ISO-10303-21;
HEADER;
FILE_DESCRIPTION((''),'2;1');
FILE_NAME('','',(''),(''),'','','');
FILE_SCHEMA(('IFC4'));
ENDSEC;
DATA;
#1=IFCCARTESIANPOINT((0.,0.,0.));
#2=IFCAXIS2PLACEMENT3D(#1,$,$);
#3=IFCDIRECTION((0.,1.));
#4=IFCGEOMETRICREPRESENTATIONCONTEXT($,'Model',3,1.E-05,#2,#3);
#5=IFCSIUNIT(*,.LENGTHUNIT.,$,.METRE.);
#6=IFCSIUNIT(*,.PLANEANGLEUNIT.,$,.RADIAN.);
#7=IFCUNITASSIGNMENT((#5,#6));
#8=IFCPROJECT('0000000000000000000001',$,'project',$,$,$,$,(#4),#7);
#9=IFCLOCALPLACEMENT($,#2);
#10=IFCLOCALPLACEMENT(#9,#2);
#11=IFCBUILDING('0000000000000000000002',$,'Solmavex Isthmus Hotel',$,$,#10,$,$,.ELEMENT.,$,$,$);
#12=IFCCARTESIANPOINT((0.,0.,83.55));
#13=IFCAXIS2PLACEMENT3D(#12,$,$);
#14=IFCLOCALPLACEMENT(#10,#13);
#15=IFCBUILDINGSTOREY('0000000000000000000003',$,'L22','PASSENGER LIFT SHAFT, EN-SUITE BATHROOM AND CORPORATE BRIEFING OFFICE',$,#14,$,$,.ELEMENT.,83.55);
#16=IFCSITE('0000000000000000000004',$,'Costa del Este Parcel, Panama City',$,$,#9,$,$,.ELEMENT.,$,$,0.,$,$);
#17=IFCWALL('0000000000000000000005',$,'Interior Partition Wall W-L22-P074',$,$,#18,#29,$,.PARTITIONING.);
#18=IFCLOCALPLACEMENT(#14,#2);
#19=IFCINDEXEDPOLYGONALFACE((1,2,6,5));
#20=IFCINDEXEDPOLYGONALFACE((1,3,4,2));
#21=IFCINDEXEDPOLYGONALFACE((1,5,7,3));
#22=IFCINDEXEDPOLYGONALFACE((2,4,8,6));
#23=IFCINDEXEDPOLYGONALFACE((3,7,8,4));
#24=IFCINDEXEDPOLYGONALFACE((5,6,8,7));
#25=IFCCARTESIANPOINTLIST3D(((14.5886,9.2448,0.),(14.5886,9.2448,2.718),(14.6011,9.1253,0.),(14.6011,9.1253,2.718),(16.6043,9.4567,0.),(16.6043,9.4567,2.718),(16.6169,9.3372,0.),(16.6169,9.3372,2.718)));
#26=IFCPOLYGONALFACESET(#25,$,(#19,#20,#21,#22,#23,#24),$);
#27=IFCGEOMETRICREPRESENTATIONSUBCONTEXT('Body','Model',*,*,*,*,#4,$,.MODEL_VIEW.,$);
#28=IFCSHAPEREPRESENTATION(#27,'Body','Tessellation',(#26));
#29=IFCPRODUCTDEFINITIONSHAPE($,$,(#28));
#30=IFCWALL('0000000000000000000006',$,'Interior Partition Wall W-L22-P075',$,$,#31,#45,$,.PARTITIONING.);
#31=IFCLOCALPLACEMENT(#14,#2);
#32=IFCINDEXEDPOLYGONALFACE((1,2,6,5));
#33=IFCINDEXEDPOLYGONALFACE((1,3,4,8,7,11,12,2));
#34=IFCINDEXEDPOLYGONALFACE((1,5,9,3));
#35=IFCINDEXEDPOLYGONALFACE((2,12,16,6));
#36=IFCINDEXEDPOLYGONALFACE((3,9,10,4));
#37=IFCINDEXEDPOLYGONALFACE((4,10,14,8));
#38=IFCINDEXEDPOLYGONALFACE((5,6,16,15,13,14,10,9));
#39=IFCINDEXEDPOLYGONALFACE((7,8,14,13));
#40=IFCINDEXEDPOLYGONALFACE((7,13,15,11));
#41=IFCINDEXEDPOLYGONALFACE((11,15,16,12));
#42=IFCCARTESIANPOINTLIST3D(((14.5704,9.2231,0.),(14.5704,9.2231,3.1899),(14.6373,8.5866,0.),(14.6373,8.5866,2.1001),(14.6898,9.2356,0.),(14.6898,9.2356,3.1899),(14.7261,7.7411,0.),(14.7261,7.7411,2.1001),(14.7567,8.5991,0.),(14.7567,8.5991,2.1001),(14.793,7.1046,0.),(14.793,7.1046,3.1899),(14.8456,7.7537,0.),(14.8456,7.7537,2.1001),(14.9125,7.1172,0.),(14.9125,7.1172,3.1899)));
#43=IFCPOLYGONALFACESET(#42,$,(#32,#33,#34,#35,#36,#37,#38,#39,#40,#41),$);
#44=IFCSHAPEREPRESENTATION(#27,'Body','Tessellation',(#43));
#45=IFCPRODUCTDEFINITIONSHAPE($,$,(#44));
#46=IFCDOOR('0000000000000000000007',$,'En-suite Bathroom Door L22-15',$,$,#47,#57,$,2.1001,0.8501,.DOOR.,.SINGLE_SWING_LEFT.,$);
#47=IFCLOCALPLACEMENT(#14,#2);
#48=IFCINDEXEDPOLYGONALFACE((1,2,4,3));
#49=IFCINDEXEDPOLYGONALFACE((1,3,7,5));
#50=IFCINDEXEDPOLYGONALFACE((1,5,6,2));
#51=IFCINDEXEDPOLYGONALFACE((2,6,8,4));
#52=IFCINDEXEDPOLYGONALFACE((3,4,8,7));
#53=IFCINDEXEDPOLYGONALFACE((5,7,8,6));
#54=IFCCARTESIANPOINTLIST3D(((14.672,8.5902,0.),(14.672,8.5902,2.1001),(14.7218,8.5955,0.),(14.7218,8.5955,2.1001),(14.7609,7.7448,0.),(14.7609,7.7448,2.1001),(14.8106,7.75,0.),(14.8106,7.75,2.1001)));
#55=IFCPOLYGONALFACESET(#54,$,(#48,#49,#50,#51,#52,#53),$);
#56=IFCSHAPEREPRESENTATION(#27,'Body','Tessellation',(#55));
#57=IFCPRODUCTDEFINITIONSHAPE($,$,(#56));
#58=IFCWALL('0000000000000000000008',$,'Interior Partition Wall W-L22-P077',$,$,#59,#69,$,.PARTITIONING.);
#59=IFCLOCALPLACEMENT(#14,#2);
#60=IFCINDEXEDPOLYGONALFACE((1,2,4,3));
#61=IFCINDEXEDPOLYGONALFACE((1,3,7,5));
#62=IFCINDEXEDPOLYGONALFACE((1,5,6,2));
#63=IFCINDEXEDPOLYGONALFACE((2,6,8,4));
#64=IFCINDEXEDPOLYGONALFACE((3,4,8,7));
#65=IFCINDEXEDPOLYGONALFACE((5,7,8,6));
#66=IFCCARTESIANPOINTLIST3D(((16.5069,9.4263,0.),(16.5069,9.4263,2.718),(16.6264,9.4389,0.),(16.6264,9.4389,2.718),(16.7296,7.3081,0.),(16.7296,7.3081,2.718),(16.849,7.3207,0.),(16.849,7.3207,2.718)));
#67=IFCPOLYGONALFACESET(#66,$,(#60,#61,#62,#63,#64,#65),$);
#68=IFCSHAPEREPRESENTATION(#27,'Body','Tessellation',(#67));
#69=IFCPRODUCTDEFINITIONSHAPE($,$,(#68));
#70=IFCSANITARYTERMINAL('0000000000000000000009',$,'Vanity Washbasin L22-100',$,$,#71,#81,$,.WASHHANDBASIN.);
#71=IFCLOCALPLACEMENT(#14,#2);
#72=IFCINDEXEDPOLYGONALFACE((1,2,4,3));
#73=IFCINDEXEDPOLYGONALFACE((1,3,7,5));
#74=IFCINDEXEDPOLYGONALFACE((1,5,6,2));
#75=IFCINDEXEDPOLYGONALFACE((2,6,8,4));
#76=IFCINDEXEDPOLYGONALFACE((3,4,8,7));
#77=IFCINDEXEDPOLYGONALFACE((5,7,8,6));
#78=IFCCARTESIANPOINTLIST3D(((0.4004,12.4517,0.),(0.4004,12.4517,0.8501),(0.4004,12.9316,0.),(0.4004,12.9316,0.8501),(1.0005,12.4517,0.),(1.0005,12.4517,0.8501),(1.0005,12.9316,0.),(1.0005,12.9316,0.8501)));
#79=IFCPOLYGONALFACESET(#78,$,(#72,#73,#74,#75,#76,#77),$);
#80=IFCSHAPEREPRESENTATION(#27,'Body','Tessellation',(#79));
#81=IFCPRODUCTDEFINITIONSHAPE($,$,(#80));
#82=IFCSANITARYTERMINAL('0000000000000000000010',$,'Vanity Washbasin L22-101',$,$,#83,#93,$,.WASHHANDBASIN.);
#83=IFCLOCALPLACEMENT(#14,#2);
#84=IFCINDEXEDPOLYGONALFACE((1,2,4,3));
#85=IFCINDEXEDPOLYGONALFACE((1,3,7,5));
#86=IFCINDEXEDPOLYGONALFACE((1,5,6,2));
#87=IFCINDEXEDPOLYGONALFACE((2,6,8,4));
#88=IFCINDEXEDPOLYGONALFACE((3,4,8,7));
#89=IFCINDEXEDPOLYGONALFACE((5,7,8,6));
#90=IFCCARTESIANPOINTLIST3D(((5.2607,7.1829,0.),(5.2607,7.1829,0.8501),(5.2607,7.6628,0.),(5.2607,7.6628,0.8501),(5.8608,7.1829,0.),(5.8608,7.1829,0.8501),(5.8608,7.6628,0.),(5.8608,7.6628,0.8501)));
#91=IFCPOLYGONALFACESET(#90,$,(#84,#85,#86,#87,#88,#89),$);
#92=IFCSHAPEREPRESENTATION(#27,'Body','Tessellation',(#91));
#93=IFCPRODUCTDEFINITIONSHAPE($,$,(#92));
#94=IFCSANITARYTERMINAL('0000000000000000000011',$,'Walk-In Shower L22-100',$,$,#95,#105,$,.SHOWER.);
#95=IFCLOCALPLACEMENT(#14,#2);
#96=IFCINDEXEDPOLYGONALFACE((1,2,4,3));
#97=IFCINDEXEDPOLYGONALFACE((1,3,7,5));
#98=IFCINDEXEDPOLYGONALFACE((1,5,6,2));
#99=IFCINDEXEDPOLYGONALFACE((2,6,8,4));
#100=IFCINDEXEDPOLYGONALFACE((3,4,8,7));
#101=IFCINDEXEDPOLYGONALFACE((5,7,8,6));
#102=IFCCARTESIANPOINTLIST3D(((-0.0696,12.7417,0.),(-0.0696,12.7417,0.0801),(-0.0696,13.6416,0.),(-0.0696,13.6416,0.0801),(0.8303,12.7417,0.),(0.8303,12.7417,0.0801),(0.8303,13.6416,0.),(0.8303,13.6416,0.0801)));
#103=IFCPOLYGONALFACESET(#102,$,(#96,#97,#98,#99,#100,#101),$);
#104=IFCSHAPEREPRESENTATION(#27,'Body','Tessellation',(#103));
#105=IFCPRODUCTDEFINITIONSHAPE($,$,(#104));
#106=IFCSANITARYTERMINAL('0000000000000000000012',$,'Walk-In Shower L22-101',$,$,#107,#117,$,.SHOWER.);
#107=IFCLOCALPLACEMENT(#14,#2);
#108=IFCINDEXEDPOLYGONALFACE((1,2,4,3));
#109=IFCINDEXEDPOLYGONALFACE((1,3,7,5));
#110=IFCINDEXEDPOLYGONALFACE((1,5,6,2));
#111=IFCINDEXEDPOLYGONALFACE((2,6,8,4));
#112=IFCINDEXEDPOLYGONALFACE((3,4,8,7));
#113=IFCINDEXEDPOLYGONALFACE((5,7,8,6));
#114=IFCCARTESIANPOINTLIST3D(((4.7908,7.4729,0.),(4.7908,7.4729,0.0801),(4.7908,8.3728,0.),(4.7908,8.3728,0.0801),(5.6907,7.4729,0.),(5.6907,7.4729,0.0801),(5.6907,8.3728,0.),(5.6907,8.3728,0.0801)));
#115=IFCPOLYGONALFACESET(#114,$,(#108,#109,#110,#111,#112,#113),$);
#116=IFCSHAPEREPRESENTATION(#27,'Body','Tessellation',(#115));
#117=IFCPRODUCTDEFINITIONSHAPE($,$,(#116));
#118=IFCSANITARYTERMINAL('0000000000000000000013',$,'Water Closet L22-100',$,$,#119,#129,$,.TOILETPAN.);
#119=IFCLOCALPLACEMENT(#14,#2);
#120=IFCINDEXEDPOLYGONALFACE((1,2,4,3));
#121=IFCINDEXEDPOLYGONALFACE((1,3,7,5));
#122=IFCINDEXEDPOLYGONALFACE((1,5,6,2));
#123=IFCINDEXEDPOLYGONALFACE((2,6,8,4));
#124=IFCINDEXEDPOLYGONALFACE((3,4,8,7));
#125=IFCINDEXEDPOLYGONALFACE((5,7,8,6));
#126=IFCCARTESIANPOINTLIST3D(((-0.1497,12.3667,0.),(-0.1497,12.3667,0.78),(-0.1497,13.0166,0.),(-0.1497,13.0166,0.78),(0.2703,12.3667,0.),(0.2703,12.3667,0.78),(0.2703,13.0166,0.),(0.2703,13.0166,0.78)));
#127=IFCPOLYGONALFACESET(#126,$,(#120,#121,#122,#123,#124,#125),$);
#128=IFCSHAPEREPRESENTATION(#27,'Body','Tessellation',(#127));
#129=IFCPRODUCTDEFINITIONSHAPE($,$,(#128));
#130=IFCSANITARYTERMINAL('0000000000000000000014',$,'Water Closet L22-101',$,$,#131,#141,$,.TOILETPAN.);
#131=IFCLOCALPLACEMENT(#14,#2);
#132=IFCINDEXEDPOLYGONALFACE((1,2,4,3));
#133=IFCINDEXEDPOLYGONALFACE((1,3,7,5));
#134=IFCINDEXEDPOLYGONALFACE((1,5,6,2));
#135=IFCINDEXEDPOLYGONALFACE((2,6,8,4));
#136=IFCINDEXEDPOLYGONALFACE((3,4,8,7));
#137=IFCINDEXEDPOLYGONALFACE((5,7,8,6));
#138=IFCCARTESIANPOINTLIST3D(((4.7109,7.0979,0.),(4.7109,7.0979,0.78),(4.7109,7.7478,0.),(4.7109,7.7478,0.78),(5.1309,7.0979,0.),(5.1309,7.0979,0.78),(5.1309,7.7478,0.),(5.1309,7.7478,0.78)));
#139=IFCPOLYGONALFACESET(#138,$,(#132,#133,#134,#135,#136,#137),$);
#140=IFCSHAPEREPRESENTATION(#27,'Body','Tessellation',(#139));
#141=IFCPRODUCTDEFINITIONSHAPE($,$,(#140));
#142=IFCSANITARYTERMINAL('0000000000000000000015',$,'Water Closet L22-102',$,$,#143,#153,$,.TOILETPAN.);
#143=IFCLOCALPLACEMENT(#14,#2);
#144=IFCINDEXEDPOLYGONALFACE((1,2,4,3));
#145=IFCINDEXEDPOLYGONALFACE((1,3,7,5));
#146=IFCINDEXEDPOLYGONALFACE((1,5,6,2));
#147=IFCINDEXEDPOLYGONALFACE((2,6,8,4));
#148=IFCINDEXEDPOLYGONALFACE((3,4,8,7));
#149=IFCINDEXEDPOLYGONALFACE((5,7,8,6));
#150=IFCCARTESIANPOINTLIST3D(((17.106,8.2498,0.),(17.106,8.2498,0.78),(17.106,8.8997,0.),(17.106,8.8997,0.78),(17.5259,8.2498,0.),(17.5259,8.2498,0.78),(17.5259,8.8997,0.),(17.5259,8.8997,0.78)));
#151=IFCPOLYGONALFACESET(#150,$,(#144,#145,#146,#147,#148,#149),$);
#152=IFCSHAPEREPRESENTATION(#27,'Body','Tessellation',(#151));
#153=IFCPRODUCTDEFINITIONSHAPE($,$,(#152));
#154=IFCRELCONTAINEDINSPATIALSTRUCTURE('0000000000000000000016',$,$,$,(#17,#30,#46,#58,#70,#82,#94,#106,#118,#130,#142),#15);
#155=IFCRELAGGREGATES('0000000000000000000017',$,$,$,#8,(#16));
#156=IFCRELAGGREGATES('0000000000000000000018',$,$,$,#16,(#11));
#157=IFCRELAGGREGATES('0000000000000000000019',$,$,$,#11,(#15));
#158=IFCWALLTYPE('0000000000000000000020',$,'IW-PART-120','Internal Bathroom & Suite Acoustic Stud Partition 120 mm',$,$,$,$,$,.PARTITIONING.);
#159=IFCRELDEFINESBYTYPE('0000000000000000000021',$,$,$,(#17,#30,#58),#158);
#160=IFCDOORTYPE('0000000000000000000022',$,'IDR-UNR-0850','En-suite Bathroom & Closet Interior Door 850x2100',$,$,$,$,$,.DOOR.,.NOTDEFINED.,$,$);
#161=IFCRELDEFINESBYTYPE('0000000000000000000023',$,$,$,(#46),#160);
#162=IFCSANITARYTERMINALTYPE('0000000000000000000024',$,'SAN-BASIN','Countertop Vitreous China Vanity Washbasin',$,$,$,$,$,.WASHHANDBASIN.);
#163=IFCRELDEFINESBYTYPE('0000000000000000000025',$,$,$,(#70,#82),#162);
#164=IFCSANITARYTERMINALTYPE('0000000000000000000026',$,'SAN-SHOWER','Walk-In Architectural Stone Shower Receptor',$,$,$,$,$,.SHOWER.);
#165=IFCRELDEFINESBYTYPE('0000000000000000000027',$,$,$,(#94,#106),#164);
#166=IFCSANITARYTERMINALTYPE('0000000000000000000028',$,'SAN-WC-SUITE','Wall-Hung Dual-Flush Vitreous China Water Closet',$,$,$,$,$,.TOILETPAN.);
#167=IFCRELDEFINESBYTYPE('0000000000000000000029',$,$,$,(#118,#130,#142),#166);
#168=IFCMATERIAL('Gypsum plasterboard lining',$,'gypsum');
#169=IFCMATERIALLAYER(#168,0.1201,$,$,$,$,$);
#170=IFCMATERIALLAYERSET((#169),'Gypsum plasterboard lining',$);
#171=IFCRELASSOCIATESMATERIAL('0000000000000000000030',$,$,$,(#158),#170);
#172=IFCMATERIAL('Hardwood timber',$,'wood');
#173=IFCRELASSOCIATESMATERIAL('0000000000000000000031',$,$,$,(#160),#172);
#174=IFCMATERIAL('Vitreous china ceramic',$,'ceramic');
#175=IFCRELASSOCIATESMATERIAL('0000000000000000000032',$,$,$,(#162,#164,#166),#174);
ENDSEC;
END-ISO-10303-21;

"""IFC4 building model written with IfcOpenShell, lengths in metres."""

from ifc_helpers import new_model, si_unit, direction, frame, frame_2d, origin, origin_2d, place, context, subcontext, project, spatial, rectangle, extrude, material, layer, layer_set, type_object, element, fill, save


model = new_model("IFC4")

# Units and contexts
model_context = context("Model", 3, precision=1e-05, world=origin(), true_north=direction((0.0, 1.0)))
body_context = subcontext(model_context, "Body", "Model", "MODEL_VIEW")
ifc_project = project(units=[si_unit("LENGTHUNIT", "METRE"), si_unit("PLANEANGLEUNIT", "RADIAN")], contexts=[model_context])

# Site, building, storey
site_placement = place(None, origin())
site = spatial("IfcSite", under=ifc_project, at=site_placement, Name="Costa del Este Parcel, Panama City", CompositionType="ELEMENT", RefElevation=0.0)
building_placement = place(site_placement, origin())
building = spatial("IfcBuilding", under=site, at=building_placement, Name="Solmavex Isthmus Hotel", CompositionType="ELEMENT")
storey_placement = place(building_placement, frame((0.0, 0.0, 83.55)))
storey = spatial("IfcBuildingStorey", under=building, at=storey_placement, Name="L22", Description="PASSENGER LIFT SHAFT, EN-SUITE BATHROOM AND CORPORATE BRIEFING OFFICE", CompositionType="ELEMENT", Elevation=83.55)

# Shared definitions
ifc_material_1 = material(Name="Gypsum plasterboard lining", Category="gypsum")

# Shared definitions
ifc_material_2 = material(Name="Hardwood timber", Category="wood")

# Shared definitions
ifc_layer_1 = layer(ifc_material_1, 0.1201)
ifc_layer_set_1 = layer_set([ifc_layer_1], Name="Gypsum plasterboard lining")
wall_type_1 = type_object("IfcWallType", Name="IW-PART-120", Description="Internal Bathroom & Suite Acoustic Stud Partition 120 mm", PredefinedType="PARTITIONING", material=ifc_layer_set_1)

# Shared definitions
door_type_1 = type_object("IfcDoorType", Name="IDR-UNR-0850", Description="En-suite Bathroom & Closet Interior Door 850x2100", OperationType="NOTDEFINED", PredefinedType="DOOR", material=ifc_material_2)

# Wall
wall_1_placement = place(storey_placement, frame((16.6106, 9.397, 0.0), z_axis=(0.0, 0.0, 1.0), x_axis=(-0.99452, -0.104547, 0.0)))
element("IfcWall", 1, at=wall_1_placement, inside=storey, type_object=wall_type_1, Name="Interior Partition Wall W-L22-P074", PredefinedType="PARTITIONING", context=body_context, shape_type="SweptSolid", body=[
    extrude(rectangle(XDim=2.0269, YDim=0.1201, at=frame_2d((1.0134, 0.0))), origin(), (0.0, 0.0, 1.0), 2.718),
])

# Wall, opening, door
wall_2_placement = place(storey_placement, frame((14.6301, 9.2292, 0.0), z_axis=(0.0, 0.0, 1.0), x_axis=(0.10453, -0.994522, 0.0)))
wall_2 = element("IfcWall", 2, at=wall_2_placement, inside=storey, type_object=wall_type_1, Name="Interior Partition Wall W-L22-P075", PredefinedType="PARTITIONING", context=body_context, shape_type="SweptSolid", body=[
    extrude(rectangle(XDim=2.1301, YDim=0.1201, at=frame_2d((1.0649, 0.0))), origin(), (0.0, 0.0, 1.0), 3.1899),
])
opening_1_placement = place(wall_2_placement, frame((0.6399, 0.0, 0.0)))
opening_1 = element("IfcOpeningElement", 3, at=opening_1_placement, cuts=wall_2, PredefinedType="OPENING", context=body_context, shape_type="SweptSolid", body=[
    extrude(rectangle(XDim=0.8501, YDim=2.1001, at=frame_2d((0.425, 1.05))), frame((0.0, 0.0701, 0.0), z_axis=(0.0, -1.0, 0.0), x_axis=(1.0, 0.0, 0.0)), (0.0, 0.0, 1.0), 0.1401),
])
door_1_placement = place(opening_1_placement, origin())
door_1 = element("IfcDoor", 4, at=door_1_placement, inside=storey, type_object=door_type_1, Name="En-suite Bathroom Door L22-15", OperationType="SINGLE_SWING_LEFT", OverallHeight=2.1001, OverallWidth=0.8501, PredefinedType="DOOR", context=body_context, shape_type="SweptSolid", body=[
    extrude(rectangle(XDim=0.8501, YDim=2.1001, at=frame_2d((0.425, 1.05))), frame((0.0, 0.0249, 0.0), z_axis=(0.0, -1.0, 0.0), x_axis=(1.0, 0.0, 0.0)), (0.0, 0.0, 1.0), 0.05),
])
fill(opening_1, door_1)

# Wall
wall_3_placement = place(storey_placement, frame((16.5667, 9.4326, 0.0), z_axis=(0.0, 0.0, 1.0), x_axis=(0.104542, -0.994521, 0.0)))
element("IfcWall", 5, at=wall_3_placement, inside=storey, type_object=wall_type_1, Name="Interior Partition Wall W-L22-P077", PredefinedType="PARTITIONING", context=body_context, shape_type="SweptSolid", body=[
    extrude(rectangle(XDim=2.1299, YDim=0.1201, at=frame_2d((1.0649, 0.0))), origin(), (0.0, 0.0, 1.0), 2.718),
])

# Sanitary terminals
ifc_material_3 = material(Name="Vitreous china ceramic", Category="ceramic")
sanitary_terminal_type_1 = type_object("IfcSanitaryTerminalType", Name="SAN-BASIN", Description="Countertop Vitreous China Vanity Washbasin", PredefinedType="WASHHANDBASIN", material=ifc_material_3)
for number, where, z_axis, x_axis, name in (
    (6, (0.7004, 12.6917, 0.0), (0.0, 0.0, 1.0), (1.0, 0.0, 0.0), "Vanity Washbasin L22-100"),
    (7, (5.5608, 7.4229, 0.0), (0.0, 0.0, 1.0), (1.0, 0.0, 0.0), "Vanity Washbasin L22-101"),
):
    element("IfcSanitaryTerminal", number, at=place(storey_placement, frame(where, z_axis=z_axis, x_axis=x_axis)), inside=storey, type_object=sanitary_terminal_type_1, Name=name, PredefinedType="WASHHANDBASIN", context=body_context, shape_type="SweptSolid", body=[
        extrude(rectangle(XDim=0.6001, YDim=0.48, at=origin_2d()), origin(), (0.0, 0.0, 1.0), 0.8501),
    ])
sanitary_terminal_type_2 = type_object("IfcSanitaryTerminalType", Name="SAN-SHOWER", Description="Walk-In Architectural Stone Shower Receptor", PredefinedType="SHOWER", material=ifc_material_3)
for number, where, z_axis, x_axis, name in (
    (8, (0.3804, 13.1917, 0.0), (0.0, 0.0, 1.0), (1.0, 0.0, 0.0), "Walk-In Shower L22-100"),
    (9, (5.2407, 7.9229, 0.0), (0.0, 0.0, 1.0), (1.0, 0.0, 0.0), "Walk-In Shower L22-101"),
):
    element("IfcSanitaryTerminal", number, at=place(storey_placement, frame(where, z_axis=z_axis, x_axis=x_axis)), inside=storey, type_object=sanitary_terminal_type_2, Name=name, PredefinedType="SHOWER", context=body_context, shape_type="SweptSolid", body=[
        extrude(rectangle(XDim=0.8999, YDim=0.8999, at=origin_2d()), origin(), (0.0, 0.0, 1.0), 0.0801),
    ])
sanitary_terminal_type_3 = type_object("IfcSanitaryTerminalType", Name="SAN-WC-SUITE", Description="Wall-Hung Dual-Flush Vitreous China Water Closet", PredefinedType="TOILETPAN", material=ifc_material_3)
for number, where, z_axis, x_axis, name in (
    (10, (0.0603, 12.6917, 0.0), (0.0, 0.0, 1.0), (1.0, 0.0, 0.0), "Water Closet L22-100"),
    (11, (4.9209, 7.4229, 0.0), (0.0, 0.0, 1.0), (1.0, 0.0, 0.0), "Water Closet L22-101"),
    (12, (17.3159, 8.5747, 0.0), (0.0, 0.0, 1.0), (1.0, 0.0, 0.0), "Water Closet L22-102"),
):
    element("IfcSanitaryTerminal", number, at=place(storey_placement, frame(where, z_axis=z_axis, x_axis=x_axis)), inside=storey, type_object=sanitary_terminal_type_3, Name=name, PredefinedType="TOILETPAN", context=body_context, shape_type="SweptSolid", body=[
        extrude(rectangle(XDim=0.4199, YDim=0.6499, at=origin_2d()), origin(), (0.0, 0.0, 1.0), 0.78),
    ])

save(model, "model.ifc")
